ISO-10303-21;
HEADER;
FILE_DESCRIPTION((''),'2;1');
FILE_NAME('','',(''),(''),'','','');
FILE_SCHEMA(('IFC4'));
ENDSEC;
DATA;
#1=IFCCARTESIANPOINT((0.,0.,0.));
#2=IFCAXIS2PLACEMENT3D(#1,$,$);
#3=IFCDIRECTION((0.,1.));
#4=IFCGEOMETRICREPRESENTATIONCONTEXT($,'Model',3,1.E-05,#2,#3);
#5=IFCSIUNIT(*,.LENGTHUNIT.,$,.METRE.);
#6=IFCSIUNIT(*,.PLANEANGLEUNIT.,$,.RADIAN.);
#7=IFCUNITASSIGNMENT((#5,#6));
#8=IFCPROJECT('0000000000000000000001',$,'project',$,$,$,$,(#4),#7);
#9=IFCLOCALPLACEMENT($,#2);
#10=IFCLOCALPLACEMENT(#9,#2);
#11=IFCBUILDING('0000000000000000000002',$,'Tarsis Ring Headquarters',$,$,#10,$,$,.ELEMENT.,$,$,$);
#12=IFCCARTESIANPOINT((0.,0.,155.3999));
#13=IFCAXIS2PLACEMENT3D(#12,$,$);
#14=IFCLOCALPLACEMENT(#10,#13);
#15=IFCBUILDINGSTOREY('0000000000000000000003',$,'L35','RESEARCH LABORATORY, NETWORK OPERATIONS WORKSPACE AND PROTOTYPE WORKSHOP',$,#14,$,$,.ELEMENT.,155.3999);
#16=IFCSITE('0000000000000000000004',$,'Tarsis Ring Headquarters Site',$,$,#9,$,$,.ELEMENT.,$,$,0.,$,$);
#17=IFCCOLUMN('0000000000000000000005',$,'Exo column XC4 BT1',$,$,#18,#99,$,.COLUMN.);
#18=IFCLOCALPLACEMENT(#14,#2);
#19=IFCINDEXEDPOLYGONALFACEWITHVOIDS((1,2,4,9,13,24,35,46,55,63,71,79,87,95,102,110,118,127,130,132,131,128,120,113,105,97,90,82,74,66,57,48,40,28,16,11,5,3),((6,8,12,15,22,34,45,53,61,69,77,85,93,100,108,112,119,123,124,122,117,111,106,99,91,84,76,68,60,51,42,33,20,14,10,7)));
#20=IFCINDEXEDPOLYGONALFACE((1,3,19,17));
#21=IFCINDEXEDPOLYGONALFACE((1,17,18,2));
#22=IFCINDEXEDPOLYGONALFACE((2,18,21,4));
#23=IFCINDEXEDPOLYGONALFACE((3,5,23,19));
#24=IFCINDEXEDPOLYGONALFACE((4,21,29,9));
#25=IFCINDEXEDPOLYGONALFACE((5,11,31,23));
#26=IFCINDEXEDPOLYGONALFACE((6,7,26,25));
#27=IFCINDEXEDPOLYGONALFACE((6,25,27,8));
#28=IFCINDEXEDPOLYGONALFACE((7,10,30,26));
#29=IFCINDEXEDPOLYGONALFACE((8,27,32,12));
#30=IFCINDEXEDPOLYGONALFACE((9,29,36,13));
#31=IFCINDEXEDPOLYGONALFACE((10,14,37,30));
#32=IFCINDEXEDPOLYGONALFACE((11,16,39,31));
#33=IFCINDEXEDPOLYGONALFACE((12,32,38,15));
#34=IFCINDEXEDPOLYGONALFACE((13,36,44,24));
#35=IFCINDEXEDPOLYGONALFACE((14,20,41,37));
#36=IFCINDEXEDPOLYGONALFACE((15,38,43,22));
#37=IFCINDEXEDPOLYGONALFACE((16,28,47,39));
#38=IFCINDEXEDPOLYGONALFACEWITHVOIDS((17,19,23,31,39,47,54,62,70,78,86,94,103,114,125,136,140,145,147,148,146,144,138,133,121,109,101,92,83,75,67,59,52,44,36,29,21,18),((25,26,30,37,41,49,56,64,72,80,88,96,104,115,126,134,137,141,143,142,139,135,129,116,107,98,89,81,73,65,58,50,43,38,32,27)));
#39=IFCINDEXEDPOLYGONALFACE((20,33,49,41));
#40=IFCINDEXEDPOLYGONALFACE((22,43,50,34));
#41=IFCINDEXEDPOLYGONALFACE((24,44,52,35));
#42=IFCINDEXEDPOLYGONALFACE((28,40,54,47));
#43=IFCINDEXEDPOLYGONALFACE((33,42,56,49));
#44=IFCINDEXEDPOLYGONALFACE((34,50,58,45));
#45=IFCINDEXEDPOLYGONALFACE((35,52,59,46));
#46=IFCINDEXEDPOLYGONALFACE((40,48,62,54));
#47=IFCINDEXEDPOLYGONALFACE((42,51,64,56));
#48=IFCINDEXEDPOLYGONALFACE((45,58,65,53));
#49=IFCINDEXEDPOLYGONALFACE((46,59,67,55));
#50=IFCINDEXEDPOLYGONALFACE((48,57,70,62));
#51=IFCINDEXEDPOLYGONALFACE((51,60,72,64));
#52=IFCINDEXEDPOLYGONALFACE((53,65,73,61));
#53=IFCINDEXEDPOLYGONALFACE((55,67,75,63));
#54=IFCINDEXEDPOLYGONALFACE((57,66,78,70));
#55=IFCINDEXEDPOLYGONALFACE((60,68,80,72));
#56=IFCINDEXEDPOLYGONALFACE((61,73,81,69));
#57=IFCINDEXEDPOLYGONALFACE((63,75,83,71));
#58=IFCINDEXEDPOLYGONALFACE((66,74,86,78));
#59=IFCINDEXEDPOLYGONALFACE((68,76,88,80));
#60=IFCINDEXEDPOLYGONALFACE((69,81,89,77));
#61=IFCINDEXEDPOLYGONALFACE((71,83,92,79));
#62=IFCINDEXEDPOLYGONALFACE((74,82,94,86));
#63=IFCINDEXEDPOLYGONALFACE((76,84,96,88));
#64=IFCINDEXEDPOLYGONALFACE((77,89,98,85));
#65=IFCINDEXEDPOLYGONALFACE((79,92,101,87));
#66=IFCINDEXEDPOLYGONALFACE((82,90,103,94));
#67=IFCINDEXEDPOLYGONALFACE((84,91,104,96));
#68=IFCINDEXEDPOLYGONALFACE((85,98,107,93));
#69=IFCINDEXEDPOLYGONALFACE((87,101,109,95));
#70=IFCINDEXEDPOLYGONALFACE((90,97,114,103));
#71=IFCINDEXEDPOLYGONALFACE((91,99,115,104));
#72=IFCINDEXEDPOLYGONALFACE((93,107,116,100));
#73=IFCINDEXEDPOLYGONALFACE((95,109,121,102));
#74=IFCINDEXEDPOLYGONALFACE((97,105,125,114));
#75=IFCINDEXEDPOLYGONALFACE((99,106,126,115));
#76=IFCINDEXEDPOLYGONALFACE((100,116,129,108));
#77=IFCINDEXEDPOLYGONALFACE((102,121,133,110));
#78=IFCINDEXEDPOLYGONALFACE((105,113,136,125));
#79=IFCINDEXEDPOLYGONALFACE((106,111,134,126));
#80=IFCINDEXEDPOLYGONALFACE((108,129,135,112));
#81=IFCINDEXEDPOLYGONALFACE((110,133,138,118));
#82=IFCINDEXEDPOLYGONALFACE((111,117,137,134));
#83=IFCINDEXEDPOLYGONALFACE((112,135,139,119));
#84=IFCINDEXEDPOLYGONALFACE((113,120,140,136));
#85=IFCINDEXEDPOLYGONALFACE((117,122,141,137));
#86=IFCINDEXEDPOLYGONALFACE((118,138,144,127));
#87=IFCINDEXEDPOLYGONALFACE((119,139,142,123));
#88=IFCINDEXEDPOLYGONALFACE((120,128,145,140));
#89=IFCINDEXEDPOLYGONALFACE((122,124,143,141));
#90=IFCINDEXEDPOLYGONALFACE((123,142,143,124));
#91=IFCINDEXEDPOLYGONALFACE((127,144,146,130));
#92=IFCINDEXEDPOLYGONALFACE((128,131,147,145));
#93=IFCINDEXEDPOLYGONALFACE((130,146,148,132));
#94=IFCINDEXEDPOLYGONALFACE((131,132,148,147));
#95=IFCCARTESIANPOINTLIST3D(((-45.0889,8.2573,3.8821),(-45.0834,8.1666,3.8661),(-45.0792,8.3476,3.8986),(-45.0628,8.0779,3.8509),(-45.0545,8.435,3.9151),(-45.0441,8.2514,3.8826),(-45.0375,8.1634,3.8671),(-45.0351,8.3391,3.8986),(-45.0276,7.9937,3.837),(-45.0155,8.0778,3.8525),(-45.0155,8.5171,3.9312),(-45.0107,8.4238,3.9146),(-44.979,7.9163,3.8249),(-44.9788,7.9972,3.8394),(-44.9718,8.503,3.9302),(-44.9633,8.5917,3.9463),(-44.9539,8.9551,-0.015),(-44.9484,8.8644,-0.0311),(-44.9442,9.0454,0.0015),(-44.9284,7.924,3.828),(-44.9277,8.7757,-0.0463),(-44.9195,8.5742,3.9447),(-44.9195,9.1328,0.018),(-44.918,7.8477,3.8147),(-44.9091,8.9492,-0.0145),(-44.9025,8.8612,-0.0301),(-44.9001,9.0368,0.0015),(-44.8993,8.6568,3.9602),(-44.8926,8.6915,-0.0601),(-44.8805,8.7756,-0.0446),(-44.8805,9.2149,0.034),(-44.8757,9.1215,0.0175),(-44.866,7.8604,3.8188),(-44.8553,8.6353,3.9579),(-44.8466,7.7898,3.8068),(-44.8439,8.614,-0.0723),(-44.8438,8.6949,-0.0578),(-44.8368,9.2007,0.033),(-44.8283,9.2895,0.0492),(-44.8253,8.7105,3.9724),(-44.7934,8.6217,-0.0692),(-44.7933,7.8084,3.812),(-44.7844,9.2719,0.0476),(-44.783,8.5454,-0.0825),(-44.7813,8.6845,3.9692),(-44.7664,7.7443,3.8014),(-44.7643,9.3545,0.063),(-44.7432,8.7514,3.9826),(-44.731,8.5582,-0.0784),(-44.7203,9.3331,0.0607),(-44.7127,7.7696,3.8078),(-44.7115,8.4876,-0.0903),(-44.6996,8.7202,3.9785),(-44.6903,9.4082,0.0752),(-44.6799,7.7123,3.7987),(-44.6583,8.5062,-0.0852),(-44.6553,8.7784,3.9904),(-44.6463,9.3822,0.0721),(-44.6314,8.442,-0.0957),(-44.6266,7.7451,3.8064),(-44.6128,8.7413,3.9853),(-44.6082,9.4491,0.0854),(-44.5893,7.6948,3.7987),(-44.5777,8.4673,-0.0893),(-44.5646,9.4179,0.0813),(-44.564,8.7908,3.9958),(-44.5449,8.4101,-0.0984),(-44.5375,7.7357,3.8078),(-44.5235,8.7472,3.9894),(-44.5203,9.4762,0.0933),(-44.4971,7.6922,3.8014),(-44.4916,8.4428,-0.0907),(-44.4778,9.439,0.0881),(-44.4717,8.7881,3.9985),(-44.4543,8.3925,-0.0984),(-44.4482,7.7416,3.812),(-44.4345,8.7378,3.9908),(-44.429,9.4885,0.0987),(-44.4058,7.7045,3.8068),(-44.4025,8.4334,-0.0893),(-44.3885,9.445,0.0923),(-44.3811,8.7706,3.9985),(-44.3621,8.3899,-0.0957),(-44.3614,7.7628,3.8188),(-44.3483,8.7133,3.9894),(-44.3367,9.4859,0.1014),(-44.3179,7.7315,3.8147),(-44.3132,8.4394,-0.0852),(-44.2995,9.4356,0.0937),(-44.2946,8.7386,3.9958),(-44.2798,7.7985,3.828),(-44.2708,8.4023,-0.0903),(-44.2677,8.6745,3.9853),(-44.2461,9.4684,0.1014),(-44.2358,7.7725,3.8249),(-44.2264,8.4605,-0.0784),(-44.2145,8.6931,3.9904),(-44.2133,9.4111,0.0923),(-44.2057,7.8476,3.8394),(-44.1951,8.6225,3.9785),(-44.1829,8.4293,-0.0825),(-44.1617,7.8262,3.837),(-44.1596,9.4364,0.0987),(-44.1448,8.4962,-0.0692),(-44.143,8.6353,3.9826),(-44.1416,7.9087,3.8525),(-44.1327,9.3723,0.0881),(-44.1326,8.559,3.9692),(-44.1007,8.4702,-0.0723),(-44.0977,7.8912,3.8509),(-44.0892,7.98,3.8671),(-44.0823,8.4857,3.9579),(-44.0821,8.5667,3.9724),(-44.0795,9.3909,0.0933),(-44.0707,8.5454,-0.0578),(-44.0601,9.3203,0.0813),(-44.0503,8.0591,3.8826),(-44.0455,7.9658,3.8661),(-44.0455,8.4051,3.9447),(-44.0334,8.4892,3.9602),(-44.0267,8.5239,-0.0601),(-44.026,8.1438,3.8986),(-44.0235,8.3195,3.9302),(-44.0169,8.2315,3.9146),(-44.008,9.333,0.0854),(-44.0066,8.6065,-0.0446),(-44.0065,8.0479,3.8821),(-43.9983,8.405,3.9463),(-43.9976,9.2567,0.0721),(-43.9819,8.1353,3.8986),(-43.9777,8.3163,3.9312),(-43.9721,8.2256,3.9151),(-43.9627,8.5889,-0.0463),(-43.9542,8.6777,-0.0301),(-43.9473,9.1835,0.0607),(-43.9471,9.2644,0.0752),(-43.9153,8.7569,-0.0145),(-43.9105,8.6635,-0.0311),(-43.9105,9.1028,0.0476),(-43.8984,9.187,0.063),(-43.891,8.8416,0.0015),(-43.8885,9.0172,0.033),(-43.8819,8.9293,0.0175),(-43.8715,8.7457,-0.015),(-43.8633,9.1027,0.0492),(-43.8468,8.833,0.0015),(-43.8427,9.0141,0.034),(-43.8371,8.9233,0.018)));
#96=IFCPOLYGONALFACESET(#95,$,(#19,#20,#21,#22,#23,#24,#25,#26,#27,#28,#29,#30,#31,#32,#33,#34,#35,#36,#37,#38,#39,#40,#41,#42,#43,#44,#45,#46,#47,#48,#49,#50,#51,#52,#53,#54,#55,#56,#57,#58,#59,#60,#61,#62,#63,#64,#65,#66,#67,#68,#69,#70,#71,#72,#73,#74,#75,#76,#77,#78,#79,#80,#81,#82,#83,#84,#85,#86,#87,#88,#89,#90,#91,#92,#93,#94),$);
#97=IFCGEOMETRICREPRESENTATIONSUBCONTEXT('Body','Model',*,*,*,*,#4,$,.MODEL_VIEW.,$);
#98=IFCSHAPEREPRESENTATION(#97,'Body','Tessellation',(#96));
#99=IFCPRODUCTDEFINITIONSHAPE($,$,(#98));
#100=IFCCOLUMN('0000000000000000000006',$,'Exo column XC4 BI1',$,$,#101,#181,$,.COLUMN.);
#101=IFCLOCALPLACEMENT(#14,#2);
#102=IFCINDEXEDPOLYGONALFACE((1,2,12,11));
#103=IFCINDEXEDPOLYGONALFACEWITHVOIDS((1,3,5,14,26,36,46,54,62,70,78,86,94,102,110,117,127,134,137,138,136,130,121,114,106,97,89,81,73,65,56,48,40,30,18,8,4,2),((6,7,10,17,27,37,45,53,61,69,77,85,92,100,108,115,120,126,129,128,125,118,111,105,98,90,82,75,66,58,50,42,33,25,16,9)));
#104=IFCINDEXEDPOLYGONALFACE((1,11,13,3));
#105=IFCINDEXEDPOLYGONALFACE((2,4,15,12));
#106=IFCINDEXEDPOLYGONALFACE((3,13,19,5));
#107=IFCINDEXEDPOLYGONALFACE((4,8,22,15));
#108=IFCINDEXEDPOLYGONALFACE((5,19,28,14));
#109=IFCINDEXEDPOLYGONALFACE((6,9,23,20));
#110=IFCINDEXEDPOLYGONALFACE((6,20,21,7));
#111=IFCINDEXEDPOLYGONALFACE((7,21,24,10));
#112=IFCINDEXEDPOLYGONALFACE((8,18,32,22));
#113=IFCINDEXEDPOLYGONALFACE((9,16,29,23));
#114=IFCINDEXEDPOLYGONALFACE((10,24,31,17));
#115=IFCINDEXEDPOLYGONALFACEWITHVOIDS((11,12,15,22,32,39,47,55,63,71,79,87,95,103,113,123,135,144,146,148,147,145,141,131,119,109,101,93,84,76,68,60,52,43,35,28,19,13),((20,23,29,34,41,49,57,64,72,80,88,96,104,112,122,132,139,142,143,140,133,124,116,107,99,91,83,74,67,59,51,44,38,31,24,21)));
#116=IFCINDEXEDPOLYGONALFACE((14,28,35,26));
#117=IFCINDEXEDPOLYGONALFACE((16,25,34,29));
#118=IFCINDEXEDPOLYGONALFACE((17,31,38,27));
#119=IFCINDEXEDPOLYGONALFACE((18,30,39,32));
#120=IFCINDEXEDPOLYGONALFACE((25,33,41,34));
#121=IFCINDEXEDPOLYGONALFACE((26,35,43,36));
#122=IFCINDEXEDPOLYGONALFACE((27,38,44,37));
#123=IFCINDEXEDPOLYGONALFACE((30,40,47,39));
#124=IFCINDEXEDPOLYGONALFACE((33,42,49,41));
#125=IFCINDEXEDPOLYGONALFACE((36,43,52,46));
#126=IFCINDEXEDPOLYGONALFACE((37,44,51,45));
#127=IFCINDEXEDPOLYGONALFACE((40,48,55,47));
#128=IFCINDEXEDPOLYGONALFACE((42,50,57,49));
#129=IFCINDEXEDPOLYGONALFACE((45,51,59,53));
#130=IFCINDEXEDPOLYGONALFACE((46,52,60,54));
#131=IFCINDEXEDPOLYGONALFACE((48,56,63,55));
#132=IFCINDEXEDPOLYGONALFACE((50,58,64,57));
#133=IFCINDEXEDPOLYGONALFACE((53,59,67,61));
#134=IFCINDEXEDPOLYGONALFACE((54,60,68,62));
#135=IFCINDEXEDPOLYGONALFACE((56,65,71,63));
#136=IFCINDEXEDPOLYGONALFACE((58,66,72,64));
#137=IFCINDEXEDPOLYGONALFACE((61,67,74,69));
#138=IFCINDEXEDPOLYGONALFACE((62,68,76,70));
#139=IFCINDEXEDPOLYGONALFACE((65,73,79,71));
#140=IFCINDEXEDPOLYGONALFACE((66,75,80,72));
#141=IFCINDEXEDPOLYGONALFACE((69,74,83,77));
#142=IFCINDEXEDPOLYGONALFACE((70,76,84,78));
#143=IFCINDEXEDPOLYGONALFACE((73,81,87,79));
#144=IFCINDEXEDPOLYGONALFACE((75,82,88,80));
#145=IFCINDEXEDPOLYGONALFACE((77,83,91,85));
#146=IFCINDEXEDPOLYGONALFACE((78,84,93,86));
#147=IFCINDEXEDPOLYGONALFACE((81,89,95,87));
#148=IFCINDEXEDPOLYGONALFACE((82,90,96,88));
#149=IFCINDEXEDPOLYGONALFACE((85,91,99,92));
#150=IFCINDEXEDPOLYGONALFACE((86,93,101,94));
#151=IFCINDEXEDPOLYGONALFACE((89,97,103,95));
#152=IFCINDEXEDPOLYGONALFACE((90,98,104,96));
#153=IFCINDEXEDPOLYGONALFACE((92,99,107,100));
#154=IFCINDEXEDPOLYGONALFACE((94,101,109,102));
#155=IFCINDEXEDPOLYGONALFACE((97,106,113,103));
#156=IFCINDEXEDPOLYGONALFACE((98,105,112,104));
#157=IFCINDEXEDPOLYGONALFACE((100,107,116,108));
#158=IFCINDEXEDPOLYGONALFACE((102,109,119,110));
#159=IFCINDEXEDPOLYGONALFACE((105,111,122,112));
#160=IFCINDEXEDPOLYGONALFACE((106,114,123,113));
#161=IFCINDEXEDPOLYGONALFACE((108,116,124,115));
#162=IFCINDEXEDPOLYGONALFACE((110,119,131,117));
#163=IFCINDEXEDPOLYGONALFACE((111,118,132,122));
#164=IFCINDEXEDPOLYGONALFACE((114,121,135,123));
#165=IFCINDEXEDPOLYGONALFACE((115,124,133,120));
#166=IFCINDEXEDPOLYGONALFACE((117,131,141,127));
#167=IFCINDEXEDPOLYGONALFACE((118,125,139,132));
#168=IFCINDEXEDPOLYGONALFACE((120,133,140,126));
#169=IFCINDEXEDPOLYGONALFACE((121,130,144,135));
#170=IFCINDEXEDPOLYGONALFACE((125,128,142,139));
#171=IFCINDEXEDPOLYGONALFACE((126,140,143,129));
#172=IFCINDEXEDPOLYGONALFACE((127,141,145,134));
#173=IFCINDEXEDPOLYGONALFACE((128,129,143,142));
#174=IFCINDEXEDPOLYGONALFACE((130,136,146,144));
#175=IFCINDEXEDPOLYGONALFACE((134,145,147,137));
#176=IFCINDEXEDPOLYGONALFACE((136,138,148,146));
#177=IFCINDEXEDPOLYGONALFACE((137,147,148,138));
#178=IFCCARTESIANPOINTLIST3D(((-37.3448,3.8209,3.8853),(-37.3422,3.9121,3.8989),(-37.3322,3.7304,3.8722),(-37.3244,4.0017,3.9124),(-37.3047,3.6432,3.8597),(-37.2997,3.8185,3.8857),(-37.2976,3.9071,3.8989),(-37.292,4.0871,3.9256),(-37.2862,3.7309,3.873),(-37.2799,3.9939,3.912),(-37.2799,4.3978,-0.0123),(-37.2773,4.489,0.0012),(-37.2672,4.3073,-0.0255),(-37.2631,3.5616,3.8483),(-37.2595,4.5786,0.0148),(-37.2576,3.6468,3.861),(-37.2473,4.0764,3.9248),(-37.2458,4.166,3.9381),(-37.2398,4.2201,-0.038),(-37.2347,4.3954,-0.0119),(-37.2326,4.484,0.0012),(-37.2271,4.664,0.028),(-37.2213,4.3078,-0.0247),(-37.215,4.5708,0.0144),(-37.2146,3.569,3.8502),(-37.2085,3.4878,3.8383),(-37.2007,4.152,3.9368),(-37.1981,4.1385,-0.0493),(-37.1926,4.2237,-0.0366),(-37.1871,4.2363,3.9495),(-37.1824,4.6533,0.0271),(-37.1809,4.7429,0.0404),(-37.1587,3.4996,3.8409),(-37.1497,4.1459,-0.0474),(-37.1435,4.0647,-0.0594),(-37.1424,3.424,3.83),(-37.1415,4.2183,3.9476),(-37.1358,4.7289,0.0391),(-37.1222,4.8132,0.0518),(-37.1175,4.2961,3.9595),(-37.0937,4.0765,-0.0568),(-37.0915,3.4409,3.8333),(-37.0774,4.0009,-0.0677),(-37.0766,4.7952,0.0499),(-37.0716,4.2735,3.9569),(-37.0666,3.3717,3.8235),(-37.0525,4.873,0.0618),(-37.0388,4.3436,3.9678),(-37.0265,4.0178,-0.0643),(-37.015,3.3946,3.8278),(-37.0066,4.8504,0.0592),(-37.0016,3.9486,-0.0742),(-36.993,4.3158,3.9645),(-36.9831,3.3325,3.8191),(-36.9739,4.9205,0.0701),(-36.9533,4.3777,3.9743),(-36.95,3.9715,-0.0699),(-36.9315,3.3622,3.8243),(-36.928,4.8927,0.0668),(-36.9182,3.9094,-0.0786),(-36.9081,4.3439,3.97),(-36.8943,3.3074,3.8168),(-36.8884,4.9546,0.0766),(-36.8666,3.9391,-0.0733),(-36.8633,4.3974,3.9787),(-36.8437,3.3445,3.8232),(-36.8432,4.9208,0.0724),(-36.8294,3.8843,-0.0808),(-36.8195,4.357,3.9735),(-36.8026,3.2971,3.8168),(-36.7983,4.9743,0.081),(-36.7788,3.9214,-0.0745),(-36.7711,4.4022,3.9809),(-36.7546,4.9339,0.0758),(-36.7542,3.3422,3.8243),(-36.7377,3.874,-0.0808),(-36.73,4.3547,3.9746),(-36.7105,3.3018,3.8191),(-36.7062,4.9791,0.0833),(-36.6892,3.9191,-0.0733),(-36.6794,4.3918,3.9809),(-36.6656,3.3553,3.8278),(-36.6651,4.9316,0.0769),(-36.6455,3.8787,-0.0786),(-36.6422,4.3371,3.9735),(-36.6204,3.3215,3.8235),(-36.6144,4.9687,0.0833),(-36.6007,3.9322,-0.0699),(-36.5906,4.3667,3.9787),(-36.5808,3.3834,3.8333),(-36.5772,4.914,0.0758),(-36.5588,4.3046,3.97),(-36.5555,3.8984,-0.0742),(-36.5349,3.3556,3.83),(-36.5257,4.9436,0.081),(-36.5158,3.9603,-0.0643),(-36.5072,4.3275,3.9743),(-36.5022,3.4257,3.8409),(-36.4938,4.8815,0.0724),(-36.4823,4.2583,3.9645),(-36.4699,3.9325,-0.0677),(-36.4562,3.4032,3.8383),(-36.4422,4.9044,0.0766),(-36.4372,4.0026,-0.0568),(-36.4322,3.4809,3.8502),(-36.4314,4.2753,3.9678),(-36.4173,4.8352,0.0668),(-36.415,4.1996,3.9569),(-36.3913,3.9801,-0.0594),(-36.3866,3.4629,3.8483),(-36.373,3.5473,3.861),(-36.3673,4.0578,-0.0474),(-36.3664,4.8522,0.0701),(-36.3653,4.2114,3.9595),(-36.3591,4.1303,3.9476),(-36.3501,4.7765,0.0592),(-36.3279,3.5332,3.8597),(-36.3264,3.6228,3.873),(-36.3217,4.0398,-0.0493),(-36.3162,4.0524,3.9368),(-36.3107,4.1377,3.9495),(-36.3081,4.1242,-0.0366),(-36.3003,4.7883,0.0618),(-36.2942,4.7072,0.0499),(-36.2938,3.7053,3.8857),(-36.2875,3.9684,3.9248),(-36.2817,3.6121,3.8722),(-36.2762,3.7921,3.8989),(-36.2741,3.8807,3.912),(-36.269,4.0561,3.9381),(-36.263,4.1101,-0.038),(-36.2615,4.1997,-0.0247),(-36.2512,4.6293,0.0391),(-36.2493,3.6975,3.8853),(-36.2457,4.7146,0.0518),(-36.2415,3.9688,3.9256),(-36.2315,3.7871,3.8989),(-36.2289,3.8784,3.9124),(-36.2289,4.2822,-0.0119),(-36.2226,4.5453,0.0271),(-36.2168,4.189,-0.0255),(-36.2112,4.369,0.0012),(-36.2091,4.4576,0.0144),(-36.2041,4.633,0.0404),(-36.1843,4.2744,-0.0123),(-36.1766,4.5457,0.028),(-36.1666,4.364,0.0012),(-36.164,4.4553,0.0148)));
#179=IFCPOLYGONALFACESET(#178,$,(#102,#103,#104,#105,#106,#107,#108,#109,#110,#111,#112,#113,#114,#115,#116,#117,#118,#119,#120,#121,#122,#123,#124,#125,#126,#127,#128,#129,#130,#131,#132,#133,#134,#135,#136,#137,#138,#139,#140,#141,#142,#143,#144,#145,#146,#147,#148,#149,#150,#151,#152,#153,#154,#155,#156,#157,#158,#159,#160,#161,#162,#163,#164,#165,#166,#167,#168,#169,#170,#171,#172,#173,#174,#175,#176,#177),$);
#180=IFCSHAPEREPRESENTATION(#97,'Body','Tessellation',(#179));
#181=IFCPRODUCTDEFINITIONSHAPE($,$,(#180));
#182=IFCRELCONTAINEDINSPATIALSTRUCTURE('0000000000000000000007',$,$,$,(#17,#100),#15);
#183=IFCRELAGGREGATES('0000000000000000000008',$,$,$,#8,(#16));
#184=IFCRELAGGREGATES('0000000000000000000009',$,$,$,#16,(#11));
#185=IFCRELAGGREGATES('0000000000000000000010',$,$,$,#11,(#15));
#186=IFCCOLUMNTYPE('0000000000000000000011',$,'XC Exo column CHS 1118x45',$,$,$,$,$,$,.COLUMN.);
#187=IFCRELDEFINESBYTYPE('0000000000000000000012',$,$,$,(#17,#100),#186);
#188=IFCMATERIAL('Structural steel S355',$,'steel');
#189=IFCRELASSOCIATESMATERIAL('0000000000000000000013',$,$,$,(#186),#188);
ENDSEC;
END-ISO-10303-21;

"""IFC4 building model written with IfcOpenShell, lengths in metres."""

from ifc_helpers import new_model, si_unit, direction, frame, origin, origin_2d, place, context, subcontext, project, spatial, hollow_circle, extrude, material, material_profile, profile_set, type_object, element, save


model = new_model("IFC4")

# Units and contexts
model_context = context("Model", 3, precision=1e-05, world=origin(), true_north=direction((0.0, 1.0)))
body_context = subcontext(model_context, "Body", "Model", "MODEL_VIEW")
ifc_project = project(units=[si_unit("LENGTHUNIT", "METRE"), si_unit("PLANEANGLEUNIT", "RADIAN")], contexts=[model_context])

# Site, building, storey
site_placement = place(None, origin())
site = spatial("IfcSite", under=ifc_project, at=site_placement, Name="Tarsis Ring Headquarters Site", CompositionType="ELEMENT", RefElevation=0.0)
building_placement = place(site_placement, origin())
building = spatial("IfcBuilding", under=site, at=building_placement, Name="Tarsis Ring Headquarters", CompositionType="ELEMENT")
storey_placement = place(building_placement, frame((0.0, 0.0, 155.3999)))
storey = spatial("IfcBuildingStorey", under=building, at=storey_placement, Name="L35", Description="RESEARCH LABORATORY, NETWORK OPERATIONS WORKSPACE AND PROTOTYPE WORKSHOP", CompositionType="ELEMENT", Elevation=155.3999)

# Columns
ifc_material_1 = material(Name="Structural steel S355", Category="steel")
ifc_material_profile_1 = material_profile(ifc_material_1, hollow_circle(Radius=0.5588, WallThickness=0.0449, at=origin_2d()), Name="CHS 1118x45")
ifc_profile_set_1 = profile_set([ifc_material_profile_1], Name="Structural steel S355")
column_type = type_object("IfcColumnType", Name="XC Exo column CHS 1118x45", PredefinedType="COLUMN", material=ifc_profile_set_1)
column_1_placement = place(storey_placement, frame((-44.3955, 8.9392, 0.0015), z_axis=(-0.034081, -0.176134, 0.983776), x_axis=(0.98179, -0.189968, 0.0)))
element("IfcColumn", 1, at=column_1_placement, inside=storey, type_object=column_type, Name="Exo column XC4 BT1", PredefinedType="COLUMN", context=body_context, shape_type="SweptSolid", body=[
    extrude(hollow_circle(Radius=0.5588, WallThickness=0.0449, at=origin_2d()), origin(), (0.0, 0.0, 1.0), 3.9614),
])
column_2_placement = place(storey_placement, frame((-36.7219, 4.4265, 0.0012), z_axis=(-0.01648, -0.146396, 0.989089), x_axis=(0.993724, -0.111862, 0.0)))
element("IfcColumn", 2, at=column_2_placement, inside=storey, type_object=column_type, Name="Exo column XC4 BI1", PredefinedType="COLUMN", context=body_context, shape_type="SweptSolid", body=[
    extrude(hollow_circle(Radius=0.5588, WallThickness=0.0449, at=origin_2d()), origin(), (0.0, 0.0, 1.0), 3.9407),
])

save(model, "model.ifc")
